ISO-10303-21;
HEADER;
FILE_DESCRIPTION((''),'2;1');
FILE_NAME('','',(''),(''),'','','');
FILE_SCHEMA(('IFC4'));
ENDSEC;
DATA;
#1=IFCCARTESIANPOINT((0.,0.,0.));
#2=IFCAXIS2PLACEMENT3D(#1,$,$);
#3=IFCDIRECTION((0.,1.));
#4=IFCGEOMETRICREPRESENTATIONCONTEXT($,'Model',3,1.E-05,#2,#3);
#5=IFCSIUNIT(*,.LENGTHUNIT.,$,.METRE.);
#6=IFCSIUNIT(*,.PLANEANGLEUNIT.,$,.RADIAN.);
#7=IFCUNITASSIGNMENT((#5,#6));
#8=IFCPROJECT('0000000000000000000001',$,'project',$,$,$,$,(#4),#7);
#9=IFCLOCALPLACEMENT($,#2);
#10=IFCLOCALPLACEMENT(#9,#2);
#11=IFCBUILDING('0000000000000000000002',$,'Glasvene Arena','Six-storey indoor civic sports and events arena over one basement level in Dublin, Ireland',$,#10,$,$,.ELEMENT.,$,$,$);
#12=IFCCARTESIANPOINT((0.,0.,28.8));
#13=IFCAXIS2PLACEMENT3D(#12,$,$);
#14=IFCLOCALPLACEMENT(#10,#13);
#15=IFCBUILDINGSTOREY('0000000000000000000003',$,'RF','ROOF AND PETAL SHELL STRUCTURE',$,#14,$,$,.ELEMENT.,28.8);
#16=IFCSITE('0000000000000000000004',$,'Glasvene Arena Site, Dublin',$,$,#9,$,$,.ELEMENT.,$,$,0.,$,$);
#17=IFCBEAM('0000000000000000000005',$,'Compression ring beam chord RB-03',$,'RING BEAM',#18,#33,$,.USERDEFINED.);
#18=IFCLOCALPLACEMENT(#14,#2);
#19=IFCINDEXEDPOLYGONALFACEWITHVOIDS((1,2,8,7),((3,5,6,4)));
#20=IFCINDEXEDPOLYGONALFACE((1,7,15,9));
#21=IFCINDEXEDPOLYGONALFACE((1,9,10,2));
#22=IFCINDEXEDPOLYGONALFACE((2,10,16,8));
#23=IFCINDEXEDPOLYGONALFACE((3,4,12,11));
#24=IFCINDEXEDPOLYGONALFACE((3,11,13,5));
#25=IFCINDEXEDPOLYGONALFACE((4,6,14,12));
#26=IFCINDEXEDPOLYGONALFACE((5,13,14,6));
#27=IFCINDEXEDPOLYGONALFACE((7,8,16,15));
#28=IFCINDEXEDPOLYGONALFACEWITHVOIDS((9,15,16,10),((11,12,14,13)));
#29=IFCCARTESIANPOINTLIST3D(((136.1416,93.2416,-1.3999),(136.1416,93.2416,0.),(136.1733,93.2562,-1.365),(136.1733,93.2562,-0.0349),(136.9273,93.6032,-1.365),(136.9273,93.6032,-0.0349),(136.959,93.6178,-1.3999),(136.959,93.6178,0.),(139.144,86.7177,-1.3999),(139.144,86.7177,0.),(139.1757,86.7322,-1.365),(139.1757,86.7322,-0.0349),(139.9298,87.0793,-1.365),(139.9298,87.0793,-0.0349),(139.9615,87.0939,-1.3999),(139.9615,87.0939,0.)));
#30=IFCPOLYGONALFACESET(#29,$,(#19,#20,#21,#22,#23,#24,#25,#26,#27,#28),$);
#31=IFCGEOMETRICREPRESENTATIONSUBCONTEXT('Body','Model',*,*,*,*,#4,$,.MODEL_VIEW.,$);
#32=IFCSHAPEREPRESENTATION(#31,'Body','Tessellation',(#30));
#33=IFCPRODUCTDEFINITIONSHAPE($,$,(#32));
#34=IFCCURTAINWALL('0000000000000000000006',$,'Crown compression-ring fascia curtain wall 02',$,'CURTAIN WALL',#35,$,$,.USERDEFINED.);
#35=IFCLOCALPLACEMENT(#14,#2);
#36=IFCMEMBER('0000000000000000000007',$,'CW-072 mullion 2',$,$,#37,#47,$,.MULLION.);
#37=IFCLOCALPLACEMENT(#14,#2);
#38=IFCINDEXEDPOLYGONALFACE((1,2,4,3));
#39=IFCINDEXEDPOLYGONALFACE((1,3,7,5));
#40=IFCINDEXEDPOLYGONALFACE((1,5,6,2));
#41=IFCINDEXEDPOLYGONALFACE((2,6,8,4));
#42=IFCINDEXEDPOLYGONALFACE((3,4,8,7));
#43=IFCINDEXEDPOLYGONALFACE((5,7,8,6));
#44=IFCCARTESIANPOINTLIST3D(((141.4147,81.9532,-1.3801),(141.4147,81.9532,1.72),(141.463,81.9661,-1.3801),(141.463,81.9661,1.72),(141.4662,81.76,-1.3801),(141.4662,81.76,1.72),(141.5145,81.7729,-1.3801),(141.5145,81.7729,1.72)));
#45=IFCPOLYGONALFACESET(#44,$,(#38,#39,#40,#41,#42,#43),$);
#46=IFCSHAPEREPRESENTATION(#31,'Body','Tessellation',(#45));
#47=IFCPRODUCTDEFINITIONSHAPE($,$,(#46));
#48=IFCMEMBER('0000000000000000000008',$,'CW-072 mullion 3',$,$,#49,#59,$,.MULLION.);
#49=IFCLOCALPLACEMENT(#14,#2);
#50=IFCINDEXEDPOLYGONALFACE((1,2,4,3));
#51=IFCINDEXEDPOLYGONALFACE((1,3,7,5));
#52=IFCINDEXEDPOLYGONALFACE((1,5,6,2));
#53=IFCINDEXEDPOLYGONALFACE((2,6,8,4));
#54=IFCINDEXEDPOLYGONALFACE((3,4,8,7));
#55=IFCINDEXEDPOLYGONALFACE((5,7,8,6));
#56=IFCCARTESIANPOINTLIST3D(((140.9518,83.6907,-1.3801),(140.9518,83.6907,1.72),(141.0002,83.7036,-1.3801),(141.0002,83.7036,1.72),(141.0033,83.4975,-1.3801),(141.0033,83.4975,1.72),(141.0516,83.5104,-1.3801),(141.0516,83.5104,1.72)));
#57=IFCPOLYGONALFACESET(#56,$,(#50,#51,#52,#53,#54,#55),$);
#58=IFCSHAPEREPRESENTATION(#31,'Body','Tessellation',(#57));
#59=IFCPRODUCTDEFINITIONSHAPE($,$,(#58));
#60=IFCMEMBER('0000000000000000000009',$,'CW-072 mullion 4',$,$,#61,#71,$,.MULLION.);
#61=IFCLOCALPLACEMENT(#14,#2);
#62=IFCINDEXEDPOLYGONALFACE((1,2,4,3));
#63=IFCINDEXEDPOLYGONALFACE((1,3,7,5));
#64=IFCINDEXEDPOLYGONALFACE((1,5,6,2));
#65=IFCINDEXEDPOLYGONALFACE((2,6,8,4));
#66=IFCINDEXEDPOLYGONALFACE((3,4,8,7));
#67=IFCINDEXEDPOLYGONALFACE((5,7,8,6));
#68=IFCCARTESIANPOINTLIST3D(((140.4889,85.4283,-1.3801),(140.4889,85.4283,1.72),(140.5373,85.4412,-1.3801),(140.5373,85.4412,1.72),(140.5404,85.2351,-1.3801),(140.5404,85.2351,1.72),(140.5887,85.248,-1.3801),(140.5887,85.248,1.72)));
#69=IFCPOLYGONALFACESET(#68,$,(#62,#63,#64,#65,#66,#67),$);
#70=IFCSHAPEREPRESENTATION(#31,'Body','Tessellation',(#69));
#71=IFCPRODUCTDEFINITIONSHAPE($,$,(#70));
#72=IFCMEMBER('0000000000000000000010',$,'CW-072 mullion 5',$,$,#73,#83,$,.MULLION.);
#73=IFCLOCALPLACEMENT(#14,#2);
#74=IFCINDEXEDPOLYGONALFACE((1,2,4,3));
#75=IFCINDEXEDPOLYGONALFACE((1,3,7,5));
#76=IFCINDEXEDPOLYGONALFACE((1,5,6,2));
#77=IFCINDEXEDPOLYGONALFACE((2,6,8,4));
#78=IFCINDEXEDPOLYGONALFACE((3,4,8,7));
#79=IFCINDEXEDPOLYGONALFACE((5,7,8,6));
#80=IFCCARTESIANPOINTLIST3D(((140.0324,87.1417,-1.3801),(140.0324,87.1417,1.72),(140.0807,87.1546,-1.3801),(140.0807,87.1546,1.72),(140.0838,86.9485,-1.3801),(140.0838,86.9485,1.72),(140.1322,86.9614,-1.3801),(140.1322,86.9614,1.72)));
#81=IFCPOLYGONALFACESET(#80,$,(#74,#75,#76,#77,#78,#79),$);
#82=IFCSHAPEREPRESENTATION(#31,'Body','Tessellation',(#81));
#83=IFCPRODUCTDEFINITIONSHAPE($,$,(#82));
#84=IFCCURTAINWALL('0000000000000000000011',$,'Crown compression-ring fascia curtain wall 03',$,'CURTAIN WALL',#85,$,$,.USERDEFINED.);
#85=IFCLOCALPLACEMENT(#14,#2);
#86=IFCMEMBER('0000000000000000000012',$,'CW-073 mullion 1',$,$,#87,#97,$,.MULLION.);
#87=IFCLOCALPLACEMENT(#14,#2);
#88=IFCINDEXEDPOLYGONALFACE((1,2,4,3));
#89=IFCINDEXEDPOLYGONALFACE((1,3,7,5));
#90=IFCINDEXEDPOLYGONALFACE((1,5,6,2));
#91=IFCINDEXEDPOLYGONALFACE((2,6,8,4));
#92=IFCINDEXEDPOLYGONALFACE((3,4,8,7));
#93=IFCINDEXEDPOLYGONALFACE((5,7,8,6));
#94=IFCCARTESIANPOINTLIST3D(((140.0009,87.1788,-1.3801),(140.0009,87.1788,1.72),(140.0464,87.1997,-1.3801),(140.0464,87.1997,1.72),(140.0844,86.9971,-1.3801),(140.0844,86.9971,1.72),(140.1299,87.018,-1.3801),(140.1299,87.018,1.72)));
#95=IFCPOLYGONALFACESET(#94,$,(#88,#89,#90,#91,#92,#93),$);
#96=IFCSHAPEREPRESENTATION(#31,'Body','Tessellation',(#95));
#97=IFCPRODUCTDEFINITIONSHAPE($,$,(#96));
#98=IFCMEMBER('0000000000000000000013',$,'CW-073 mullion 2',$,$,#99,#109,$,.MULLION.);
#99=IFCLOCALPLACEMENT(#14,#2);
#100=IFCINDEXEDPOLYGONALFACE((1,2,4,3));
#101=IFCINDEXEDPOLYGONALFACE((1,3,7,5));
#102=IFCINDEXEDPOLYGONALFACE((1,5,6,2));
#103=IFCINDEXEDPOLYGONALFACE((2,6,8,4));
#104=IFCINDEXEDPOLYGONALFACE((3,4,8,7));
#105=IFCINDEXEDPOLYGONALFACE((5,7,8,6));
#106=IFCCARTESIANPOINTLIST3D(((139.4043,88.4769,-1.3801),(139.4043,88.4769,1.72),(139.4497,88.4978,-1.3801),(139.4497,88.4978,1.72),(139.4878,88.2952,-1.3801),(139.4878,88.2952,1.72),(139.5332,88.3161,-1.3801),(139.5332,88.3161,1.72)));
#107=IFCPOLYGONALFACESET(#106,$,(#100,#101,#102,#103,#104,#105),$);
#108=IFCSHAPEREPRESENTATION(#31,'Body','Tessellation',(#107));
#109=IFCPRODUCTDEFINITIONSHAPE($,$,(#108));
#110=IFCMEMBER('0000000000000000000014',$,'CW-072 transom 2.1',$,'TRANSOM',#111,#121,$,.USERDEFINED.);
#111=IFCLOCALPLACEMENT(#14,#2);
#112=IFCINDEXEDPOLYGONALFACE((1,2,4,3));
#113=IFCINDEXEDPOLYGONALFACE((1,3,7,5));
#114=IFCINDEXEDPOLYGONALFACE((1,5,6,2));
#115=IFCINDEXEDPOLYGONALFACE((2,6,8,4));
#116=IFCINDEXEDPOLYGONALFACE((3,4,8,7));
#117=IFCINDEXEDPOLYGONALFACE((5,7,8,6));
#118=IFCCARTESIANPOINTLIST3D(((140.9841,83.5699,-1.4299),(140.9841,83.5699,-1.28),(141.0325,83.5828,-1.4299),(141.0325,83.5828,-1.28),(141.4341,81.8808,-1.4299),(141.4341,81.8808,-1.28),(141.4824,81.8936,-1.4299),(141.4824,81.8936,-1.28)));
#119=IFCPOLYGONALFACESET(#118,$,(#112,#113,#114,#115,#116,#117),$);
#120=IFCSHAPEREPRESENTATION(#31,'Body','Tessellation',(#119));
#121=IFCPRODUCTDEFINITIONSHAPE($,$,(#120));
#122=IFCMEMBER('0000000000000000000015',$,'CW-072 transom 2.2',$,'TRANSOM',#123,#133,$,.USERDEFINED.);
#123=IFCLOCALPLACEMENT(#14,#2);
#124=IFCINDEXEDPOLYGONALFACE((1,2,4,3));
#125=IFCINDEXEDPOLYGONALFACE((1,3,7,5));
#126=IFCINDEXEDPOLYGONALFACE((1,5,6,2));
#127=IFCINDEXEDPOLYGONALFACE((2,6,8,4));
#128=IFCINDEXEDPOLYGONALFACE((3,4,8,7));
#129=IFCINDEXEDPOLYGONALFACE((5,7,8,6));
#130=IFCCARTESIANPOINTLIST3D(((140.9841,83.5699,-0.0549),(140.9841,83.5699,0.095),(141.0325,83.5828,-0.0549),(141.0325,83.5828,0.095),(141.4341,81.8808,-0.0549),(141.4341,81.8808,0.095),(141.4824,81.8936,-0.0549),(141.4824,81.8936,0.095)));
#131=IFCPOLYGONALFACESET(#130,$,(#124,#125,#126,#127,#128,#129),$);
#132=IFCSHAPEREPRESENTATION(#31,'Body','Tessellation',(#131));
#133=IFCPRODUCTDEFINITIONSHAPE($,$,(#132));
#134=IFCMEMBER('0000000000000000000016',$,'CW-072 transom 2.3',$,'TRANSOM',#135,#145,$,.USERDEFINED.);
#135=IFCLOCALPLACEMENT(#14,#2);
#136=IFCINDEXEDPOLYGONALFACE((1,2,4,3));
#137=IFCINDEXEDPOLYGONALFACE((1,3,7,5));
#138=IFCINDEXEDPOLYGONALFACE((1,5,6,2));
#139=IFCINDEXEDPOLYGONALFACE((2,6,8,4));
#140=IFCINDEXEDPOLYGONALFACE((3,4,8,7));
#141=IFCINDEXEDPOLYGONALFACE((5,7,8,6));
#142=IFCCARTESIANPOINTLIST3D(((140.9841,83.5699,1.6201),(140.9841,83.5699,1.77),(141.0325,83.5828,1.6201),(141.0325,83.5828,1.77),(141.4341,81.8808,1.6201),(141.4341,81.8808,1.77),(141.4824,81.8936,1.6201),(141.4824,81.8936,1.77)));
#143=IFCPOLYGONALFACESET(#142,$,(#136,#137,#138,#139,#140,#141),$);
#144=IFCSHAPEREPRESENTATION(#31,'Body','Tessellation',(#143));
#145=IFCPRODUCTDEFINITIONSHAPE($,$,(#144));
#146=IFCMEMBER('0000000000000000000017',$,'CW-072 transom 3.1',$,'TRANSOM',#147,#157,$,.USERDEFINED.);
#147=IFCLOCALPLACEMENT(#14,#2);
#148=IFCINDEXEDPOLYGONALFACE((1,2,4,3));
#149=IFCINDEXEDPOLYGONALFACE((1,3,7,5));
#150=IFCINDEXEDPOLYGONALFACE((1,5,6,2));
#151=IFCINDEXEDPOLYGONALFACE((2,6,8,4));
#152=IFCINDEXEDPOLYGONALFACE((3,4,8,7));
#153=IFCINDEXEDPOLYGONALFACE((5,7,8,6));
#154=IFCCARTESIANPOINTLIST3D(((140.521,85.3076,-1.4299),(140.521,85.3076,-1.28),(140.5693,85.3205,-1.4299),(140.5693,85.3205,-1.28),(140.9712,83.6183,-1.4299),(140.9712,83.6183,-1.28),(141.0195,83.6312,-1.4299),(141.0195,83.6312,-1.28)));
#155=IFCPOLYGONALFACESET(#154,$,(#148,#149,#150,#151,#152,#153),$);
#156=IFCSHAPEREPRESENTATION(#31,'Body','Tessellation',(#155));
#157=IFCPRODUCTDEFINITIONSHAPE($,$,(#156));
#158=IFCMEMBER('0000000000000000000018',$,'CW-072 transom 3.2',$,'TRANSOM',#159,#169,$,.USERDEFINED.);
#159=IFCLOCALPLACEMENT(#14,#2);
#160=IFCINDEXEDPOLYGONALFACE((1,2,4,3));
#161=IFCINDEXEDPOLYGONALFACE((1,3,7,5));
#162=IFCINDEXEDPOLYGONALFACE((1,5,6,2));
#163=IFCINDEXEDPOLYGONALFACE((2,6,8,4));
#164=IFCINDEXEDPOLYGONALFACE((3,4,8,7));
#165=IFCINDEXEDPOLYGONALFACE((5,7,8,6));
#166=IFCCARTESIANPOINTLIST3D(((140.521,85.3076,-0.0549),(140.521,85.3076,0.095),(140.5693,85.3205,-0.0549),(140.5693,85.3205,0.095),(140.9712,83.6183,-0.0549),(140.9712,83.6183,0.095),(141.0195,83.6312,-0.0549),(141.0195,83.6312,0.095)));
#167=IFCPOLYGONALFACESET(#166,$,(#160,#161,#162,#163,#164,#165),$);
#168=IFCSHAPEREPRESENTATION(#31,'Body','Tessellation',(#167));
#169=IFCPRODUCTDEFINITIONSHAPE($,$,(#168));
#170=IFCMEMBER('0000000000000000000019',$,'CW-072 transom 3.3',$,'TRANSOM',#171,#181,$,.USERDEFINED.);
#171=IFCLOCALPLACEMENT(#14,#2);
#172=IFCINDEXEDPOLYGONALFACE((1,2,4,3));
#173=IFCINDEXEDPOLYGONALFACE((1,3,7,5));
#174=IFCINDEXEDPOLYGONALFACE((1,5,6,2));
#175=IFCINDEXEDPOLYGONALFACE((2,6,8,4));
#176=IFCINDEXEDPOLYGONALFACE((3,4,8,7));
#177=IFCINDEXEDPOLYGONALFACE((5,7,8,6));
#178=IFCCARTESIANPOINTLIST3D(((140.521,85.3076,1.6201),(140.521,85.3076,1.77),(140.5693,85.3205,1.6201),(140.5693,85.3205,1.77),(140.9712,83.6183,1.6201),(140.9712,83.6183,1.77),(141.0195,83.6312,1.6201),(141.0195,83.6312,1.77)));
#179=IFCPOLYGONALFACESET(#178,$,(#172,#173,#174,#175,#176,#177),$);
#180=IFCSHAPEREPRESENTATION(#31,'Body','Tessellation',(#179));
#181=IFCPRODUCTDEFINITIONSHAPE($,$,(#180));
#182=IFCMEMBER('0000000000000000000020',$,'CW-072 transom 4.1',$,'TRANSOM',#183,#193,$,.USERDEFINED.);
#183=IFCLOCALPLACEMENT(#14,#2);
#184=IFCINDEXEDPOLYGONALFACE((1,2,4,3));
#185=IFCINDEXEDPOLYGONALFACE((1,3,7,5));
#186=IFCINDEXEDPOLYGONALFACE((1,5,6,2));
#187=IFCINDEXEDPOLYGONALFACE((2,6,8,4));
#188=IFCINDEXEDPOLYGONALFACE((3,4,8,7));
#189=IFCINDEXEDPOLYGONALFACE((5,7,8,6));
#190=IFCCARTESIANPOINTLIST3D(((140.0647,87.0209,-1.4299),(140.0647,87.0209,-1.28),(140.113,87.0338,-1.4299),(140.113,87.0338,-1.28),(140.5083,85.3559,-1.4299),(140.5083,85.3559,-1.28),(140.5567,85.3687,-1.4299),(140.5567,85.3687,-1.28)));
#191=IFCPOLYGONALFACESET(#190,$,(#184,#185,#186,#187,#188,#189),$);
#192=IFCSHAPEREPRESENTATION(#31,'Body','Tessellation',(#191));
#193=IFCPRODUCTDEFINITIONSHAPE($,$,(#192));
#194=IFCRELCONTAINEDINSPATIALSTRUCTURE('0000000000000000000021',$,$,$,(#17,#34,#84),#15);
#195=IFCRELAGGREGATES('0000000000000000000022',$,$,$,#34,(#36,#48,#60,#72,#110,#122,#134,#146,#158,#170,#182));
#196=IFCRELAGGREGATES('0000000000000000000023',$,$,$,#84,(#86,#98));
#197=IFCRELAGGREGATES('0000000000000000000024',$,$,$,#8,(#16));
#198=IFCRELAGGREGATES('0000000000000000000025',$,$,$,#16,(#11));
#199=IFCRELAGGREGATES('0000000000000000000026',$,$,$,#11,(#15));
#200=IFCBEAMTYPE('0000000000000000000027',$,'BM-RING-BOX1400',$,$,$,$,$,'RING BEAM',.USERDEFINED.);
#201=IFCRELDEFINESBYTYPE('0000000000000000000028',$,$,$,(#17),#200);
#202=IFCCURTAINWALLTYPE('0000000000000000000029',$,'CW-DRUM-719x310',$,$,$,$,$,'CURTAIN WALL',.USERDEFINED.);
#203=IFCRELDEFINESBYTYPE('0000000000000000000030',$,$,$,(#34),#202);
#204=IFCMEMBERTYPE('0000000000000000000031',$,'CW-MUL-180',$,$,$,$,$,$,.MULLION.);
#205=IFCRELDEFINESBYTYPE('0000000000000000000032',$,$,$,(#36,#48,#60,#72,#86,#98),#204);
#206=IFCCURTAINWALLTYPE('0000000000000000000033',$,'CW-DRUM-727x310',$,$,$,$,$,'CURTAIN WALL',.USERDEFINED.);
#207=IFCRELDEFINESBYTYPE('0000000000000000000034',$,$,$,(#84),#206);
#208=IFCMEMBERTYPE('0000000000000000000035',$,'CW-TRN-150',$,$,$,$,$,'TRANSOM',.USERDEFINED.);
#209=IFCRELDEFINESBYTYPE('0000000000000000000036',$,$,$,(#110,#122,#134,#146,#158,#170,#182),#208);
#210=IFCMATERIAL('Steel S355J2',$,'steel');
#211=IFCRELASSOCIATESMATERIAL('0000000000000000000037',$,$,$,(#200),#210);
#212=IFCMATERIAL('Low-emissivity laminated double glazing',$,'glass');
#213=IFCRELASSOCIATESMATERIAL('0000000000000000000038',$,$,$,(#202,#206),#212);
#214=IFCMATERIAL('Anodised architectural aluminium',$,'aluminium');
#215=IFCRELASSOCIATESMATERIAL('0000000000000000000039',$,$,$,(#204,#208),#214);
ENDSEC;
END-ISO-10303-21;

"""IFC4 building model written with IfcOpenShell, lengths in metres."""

from ifc_helpers import new_model, si_unit, direction, frame, origin, origin_2d, place, context, subcontext, project, spatial, rectangle, hollow_rectangle, extrude, material, material_profile, profile_set, type_object, element, aggregate, save


model = new_model("IFC4")

# Units and contexts
model_context = context("Model", 3, precision=1e-05, world=origin(), true_north=direction((0.0, 1.0)))
body_context = subcontext(model_context, "Body", "Model", "MODEL_VIEW")
ifc_project = project(units=[si_unit("LENGTHUNIT", "METRE"), si_unit("PLANEANGLEUNIT", "RADIAN")], contexts=[model_context])

# Site, building, storey
site_placement = place(None, origin())
site = spatial("IfcSite", under=ifc_project, at=site_placement, Name="Glasvene Arena Site, Dublin", CompositionType="ELEMENT", RefElevation=0.0)
building_placement = place(site_placement, origin())
building = spatial("IfcBuilding", under=site, at=building_placement, Name="Glasvene Arena", Description="Six-storey indoor civic sports and events arena over one basement level in Dublin, Ireland", CompositionType="ELEMENT")
storey_placement = place(building_placement, frame((0.0, 0.0, 28.8)))
storey = spatial("IfcBuildingStorey", under=building, at=storey_placement, Name="RF", Description="ROOF AND PETAL SHELL STRUCTURE", CompositionType="ELEMENT", Elevation=28.8)

# Beam
ifc_material_1 = material(Name="Steel S355J2", Category="steel")
ifc_material_profile_1 = material_profile(ifc_material_1, hollow_rectangle(XDim=0.8999, YDim=1.3999, WallThickness=0.0349, at=origin_2d()), Name="WBOX 900x1400x35")
ifc_profile_set_1 = profile_set([ifc_material_profile_1], Name="Steel S355J2")
beam_type = type_object("IfcBeamType", Name="BM-RING-BOX1400", ElementType="RING BEAM", PredefinedType="USERDEFINED", material=ifc_profile_set_1)
beam_placement = place(storey_placement, frame((139.5527, 86.9058, -0.7), z_axis=(-0.418071, 0.908415, 0.0), x_axis=(-0.908415, -0.418071, 0.0)))
element("IfcBeam", 1, at=beam_placement, inside=storey, type_object=beam_type, Name="Compression ring beam chord RB-03", ObjectType="RING BEAM", PredefinedType="USERDEFINED", context=body_context, shape_type="SweptSolid", body=[
    extrude(hollow_rectangle(XDim=0.8999, YDim=1.3999, WallThickness=0.0349, at=origin_2d()), origin(), (0.0, 0.0, 1.0), 7.1816),
])

# Curtain walls, members
ifc_material_2 = material(Name="Low-emissivity laminated double glazing", Category="glass")
curtain_wall_type_1 = type_object("IfcCurtainWallType", Name="CW-DRUM-719x310", ElementType="CURTAIN WALL", PredefinedType="USERDEFINED", material=ifc_material_2)
curtain_wall_1_placement = place(storey_placement, frame((141.9275, 80.1255, 0.0)))
curtain_wall_1 = element("IfcCurtainWall", 2, at=curtain_wall_1_placement, inside=storey, type_object=curtain_wall_type_1, Name="Crown compression-ring fascia curtain wall 02", ObjectType="CURTAIN WALL", PredefinedType="USERDEFINED")
ifc_material_3 = material(Name="Anodised architectural aluminium", Category="aluminium")
ifc_material_profile_2 = material_profile(ifc_material_3, rectangle(XDim=0.05, YDim=0.2, at=origin_2d()), Name="ALU MULLION 50x200")
ifc_profile_set_2 = profile_set([ifc_material_profile_2], Name="Anodised architectural aluminium")
member_type_1 = type_object("IfcMemberType", Name="CW-MUL-180", PredefinedType="MULLION", material=ifc_profile_set_2)
member_1_placement = place(storey_placement, frame((141.4646, 81.863, -1.3801), z_axis=(0.0, 0.0, 1.0), x_axis=(-0.966292, -0.257447, 0.0)))
member_1 = element("IfcMember", 3, at=member_1_placement, type_object=member_type_1, Name="CW-072 mullion 2", PredefinedType="MULLION", context=body_context, shape_type="SweptSolid", body=[
    extrude(rectangle(XDim=0.05, YDim=0.2, at=origin_2d()), origin(), (0.0, 0.0, 1.0), 3.1001),
])
member_2_placement = place(storey_placement, frame((141.0017, 83.6006, -1.3801), z_axis=(0.0, 0.0, 1.0), x_axis=(-0.966292, -0.257447, 0.0)))
member_2 = element("IfcMember", 4, at=member_2_placement, type_object=member_type_1, Name="CW-072 mullion 3", PredefinedType="MULLION", context=body_context, shape_type="SweptSolid", body=[
    extrude(rectangle(XDim=0.05, YDim=0.2, at=origin_2d()), origin(), (0.0, 0.0, 1.0), 3.1001),
])
member_3_placement = place(storey_placement, frame((140.5388, 85.3381, -1.3801), z_axis=(0.0, 0.0, 1.0), x_axis=(-0.966292, -0.257447, 0.0)))
member_3 = element("IfcMember", 5, at=member_3_placement, type_object=member_type_1, Name="CW-072 mullion 4", PredefinedType="MULLION", context=body_context, shape_type="SweptSolid", body=[
    extrude(rectangle(XDim=0.05, YDim=0.2, at=origin_2d()), origin(), (0.0, 0.0, 1.0), 3.1001),
])
member_4_placement = place(storey_placement, frame((140.0823, 87.0515, -1.3801), z_axis=(0.0, 0.0, 1.0), x_axis=(-0.966292, -0.257447, 0.0)))
member_4 = element("IfcMember", 6, at=member_4_placement, type_object=member_type_1, Name="CW-072 mullion 5", PredefinedType="MULLION", context=body_context, shape_type="SweptSolid", body=[
    extrude(rectangle(XDim=0.05, YDim=0.2, at=origin_2d()), origin(), (0.0, 0.0, 1.0), 3.1001),
])
curtain_wall_type_2 = type_object("IfcCurtainWallType", Name="CW-DRUM-727x310", ElementType="CURTAIN WALL", PredefinedType="USERDEFINED", material=ifc_material_2)
curtain_wall_2_placement = place(storey_placement, frame((140.0759, 87.0757, 0.0)))
curtain_wall_2 = element("IfcCurtainWall", 7, at=curtain_wall_2_placement, inside=storey, type_object=curtain_wall_type_2, Name="Crown compression-ring fascia curtain wall 03", ObjectType="CURTAIN WALL", PredefinedType="USERDEFINED")
member_5_placement = place(storey_placement, frame((140.0654, 87.0984, -1.3801), z_axis=(0.0, 0.0, 1.0), x_axis=(-0.908603, -0.417661, 0.0)))
member_5 = element("IfcMember", 8, at=member_5_placement, type_object=member_type_1, Name="CW-073 mullion 1", PredefinedType="MULLION", context=body_context, shape_type="SweptSolid", body=[
    extrude(rectangle(XDim=0.05, YDim=0.2, at=origin_2d()), origin(), (0.0, 0.0, 1.0), 3.1001),
])
member_6_placement = place(storey_placement, frame((139.4688, 88.3965, -1.3801), z_axis=(0.0, 0.0, 1.0), x_axis=(-0.908603, -0.417661, 0.0)))
member_6 = element("IfcMember", 9, at=member_6_placement, type_object=member_type_1, Name="CW-073 mullion 2", PredefinedType="MULLION", context=body_context, shape_type="SweptSolid", body=[
    extrude(rectangle(XDim=0.05, YDim=0.2, at=origin_2d()), origin(), (0.0, 0.0, 1.0), 3.1001),
])

# Members
ifc_material_profile_3 = material_profile(ifc_material_3, rectangle(XDim=0.05, YDim=0.1499, at=origin_2d()), Name="ALU TRANSOM 50x150")
ifc_profile_set_3 = profile_set([ifc_material_profile_3], Name="Anodised architectural aluminium")
member_type_2 = type_object("IfcMemberType", Name="CW-TRN-150", ElementType="TRANSOM", PredefinedType="USERDEFINED", material=ifc_profile_set_3)
member_7_placement = place(storey_placement, frame((141.4583, 81.8872, -1.355), z_axis=(-0.257393, 0.966307, 0.0), x_axis=(-0.966307, -0.257393, 0.0)))
member_7 = element("IfcMember", 10, at=member_7_placement, type_object=member_type_2, Name="CW-072 transom 2.1", ObjectType="TRANSOM", PredefinedType="USERDEFINED", context=body_context, shape_type="SweptSolid", body=[
    extrude(rectangle(XDim=0.05, YDim=0.1499, at=origin_2d()), origin(), (0.0, 0.0, 1.0), 1.748),
])
member_8_placement = place(storey_placement, frame((141.4583, 81.8872, 0.02), z_axis=(-0.257393, 0.966307, 0.0), x_axis=(-0.966307, -0.257393, 0.0)))
member_8 = element("IfcMember", 11, at=member_8_placement, type_object=member_type_2, Name="CW-072 transom 2.2", ObjectType="TRANSOM", PredefinedType="USERDEFINED", context=body_context, shape_type="SweptSolid", body=[
    extrude(rectangle(XDim=0.05, YDim=0.1499, at=origin_2d()), origin(), (0.0, 0.0, 1.0), 1.748),
])
member_9_placement = place(storey_placement, frame((141.4583, 81.8872, 1.6951), z_axis=(-0.257393, 0.966307, 0.0), x_axis=(-0.966307, -0.257393, 0.0)))
member_9 = element("IfcMember", 12, at=member_9_placement, type_object=member_type_2, Name="CW-072 transom 2.3", ObjectType="TRANSOM", PredefinedType="USERDEFINED", context=body_context, shape_type="SweptSolid", body=[
    extrude(rectangle(XDim=0.05, YDim=0.1499, at=origin_2d()), origin(), (0.0, 0.0, 1.0), 1.748),
])
member_10_placement = place(storey_placement, frame((140.9954, 83.6248, -1.355), z_axis=(-0.257524, 0.966272, 0.0), x_axis=(-0.966272, -0.257524, 0.0)))
member_10 = element("IfcMember", 13, at=member_10_placement, type_object=member_type_2, Name="CW-072 transom 3.1", ObjectType="TRANSOM", PredefinedType="USERDEFINED", context=body_context, shape_type="SweptSolid", body=[
    extrude(rectangle(XDim=0.05, YDim=0.1499, at=origin_2d()), origin(), (0.0, 0.0, 1.0), 1.7483),
])
member_11_placement = place(storey_placement, frame((140.9954, 83.6248, 0.02), z_axis=(-0.257524, 0.966272, 0.0), x_axis=(-0.966272, -0.257524, 0.0)))
member_11 = element("IfcMember", 14, at=member_11_placement, type_object=member_type_2, Name="CW-072 transom 3.2", ObjectType="TRANSOM", PredefinedType="USERDEFINED", context=body_context, shape_type="SweptSolid", body=[
    extrude(rectangle(XDim=0.05, YDim=0.1499, at=origin_2d()), origin(), (0.0, 0.0, 1.0), 1.7483),
])
member_12_placement = place(storey_placement, frame((140.9954, 83.6248, 1.6951), z_axis=(-0.257524, 0.966272, 0.0), x_axis=(-0.966272, -0.257524, 0.0)))
member_12 = element("IfcMember", 15, at=member_12_placement, type_object=member_type_2, Name="CW-072 transom 3.3", ObjectType="TRANSOM", PredefinedType="USERDEFINED", context=body_context, shape_type="SweptSolid", body=[
    extrude(rectangle(XDim=0.05, YDim=0.1499, at=origin_2d()), origin(), (0.0, 0.0, 1.0), 1.7483),
])
member_13_placement = place(storey_placement, frame((140.5325, 85.3623, -1.355), z_axis=(-0.257442, 0.966294, 0.0), x_axis=(-0.966294, -0.257442, 0.0)))
member_13 = element("IfcMember", 16, at=member_13_placement, type_object=member_type_2, Name="CW-072 transom 4.1", ObjectType="TRANSOM", PredefinedType="USERDEFINED", context=body_context, shape_type="SweptSolid", body=[
    extrude(rectangle(XDim=0.05, YDim=0.1499, at=origin_2d()), origin(), (0.0, 0.0, 1.0), 1.7231),
])

aggregate(curtain_wall_1, [member_1, member_2, member_3, member_4, member_7, member_8, member_9, member_10, member_11, member_12, member_13])
aggregate(curtain_wall_2, [member_5, member_6])

save(model, "model.ifc")
